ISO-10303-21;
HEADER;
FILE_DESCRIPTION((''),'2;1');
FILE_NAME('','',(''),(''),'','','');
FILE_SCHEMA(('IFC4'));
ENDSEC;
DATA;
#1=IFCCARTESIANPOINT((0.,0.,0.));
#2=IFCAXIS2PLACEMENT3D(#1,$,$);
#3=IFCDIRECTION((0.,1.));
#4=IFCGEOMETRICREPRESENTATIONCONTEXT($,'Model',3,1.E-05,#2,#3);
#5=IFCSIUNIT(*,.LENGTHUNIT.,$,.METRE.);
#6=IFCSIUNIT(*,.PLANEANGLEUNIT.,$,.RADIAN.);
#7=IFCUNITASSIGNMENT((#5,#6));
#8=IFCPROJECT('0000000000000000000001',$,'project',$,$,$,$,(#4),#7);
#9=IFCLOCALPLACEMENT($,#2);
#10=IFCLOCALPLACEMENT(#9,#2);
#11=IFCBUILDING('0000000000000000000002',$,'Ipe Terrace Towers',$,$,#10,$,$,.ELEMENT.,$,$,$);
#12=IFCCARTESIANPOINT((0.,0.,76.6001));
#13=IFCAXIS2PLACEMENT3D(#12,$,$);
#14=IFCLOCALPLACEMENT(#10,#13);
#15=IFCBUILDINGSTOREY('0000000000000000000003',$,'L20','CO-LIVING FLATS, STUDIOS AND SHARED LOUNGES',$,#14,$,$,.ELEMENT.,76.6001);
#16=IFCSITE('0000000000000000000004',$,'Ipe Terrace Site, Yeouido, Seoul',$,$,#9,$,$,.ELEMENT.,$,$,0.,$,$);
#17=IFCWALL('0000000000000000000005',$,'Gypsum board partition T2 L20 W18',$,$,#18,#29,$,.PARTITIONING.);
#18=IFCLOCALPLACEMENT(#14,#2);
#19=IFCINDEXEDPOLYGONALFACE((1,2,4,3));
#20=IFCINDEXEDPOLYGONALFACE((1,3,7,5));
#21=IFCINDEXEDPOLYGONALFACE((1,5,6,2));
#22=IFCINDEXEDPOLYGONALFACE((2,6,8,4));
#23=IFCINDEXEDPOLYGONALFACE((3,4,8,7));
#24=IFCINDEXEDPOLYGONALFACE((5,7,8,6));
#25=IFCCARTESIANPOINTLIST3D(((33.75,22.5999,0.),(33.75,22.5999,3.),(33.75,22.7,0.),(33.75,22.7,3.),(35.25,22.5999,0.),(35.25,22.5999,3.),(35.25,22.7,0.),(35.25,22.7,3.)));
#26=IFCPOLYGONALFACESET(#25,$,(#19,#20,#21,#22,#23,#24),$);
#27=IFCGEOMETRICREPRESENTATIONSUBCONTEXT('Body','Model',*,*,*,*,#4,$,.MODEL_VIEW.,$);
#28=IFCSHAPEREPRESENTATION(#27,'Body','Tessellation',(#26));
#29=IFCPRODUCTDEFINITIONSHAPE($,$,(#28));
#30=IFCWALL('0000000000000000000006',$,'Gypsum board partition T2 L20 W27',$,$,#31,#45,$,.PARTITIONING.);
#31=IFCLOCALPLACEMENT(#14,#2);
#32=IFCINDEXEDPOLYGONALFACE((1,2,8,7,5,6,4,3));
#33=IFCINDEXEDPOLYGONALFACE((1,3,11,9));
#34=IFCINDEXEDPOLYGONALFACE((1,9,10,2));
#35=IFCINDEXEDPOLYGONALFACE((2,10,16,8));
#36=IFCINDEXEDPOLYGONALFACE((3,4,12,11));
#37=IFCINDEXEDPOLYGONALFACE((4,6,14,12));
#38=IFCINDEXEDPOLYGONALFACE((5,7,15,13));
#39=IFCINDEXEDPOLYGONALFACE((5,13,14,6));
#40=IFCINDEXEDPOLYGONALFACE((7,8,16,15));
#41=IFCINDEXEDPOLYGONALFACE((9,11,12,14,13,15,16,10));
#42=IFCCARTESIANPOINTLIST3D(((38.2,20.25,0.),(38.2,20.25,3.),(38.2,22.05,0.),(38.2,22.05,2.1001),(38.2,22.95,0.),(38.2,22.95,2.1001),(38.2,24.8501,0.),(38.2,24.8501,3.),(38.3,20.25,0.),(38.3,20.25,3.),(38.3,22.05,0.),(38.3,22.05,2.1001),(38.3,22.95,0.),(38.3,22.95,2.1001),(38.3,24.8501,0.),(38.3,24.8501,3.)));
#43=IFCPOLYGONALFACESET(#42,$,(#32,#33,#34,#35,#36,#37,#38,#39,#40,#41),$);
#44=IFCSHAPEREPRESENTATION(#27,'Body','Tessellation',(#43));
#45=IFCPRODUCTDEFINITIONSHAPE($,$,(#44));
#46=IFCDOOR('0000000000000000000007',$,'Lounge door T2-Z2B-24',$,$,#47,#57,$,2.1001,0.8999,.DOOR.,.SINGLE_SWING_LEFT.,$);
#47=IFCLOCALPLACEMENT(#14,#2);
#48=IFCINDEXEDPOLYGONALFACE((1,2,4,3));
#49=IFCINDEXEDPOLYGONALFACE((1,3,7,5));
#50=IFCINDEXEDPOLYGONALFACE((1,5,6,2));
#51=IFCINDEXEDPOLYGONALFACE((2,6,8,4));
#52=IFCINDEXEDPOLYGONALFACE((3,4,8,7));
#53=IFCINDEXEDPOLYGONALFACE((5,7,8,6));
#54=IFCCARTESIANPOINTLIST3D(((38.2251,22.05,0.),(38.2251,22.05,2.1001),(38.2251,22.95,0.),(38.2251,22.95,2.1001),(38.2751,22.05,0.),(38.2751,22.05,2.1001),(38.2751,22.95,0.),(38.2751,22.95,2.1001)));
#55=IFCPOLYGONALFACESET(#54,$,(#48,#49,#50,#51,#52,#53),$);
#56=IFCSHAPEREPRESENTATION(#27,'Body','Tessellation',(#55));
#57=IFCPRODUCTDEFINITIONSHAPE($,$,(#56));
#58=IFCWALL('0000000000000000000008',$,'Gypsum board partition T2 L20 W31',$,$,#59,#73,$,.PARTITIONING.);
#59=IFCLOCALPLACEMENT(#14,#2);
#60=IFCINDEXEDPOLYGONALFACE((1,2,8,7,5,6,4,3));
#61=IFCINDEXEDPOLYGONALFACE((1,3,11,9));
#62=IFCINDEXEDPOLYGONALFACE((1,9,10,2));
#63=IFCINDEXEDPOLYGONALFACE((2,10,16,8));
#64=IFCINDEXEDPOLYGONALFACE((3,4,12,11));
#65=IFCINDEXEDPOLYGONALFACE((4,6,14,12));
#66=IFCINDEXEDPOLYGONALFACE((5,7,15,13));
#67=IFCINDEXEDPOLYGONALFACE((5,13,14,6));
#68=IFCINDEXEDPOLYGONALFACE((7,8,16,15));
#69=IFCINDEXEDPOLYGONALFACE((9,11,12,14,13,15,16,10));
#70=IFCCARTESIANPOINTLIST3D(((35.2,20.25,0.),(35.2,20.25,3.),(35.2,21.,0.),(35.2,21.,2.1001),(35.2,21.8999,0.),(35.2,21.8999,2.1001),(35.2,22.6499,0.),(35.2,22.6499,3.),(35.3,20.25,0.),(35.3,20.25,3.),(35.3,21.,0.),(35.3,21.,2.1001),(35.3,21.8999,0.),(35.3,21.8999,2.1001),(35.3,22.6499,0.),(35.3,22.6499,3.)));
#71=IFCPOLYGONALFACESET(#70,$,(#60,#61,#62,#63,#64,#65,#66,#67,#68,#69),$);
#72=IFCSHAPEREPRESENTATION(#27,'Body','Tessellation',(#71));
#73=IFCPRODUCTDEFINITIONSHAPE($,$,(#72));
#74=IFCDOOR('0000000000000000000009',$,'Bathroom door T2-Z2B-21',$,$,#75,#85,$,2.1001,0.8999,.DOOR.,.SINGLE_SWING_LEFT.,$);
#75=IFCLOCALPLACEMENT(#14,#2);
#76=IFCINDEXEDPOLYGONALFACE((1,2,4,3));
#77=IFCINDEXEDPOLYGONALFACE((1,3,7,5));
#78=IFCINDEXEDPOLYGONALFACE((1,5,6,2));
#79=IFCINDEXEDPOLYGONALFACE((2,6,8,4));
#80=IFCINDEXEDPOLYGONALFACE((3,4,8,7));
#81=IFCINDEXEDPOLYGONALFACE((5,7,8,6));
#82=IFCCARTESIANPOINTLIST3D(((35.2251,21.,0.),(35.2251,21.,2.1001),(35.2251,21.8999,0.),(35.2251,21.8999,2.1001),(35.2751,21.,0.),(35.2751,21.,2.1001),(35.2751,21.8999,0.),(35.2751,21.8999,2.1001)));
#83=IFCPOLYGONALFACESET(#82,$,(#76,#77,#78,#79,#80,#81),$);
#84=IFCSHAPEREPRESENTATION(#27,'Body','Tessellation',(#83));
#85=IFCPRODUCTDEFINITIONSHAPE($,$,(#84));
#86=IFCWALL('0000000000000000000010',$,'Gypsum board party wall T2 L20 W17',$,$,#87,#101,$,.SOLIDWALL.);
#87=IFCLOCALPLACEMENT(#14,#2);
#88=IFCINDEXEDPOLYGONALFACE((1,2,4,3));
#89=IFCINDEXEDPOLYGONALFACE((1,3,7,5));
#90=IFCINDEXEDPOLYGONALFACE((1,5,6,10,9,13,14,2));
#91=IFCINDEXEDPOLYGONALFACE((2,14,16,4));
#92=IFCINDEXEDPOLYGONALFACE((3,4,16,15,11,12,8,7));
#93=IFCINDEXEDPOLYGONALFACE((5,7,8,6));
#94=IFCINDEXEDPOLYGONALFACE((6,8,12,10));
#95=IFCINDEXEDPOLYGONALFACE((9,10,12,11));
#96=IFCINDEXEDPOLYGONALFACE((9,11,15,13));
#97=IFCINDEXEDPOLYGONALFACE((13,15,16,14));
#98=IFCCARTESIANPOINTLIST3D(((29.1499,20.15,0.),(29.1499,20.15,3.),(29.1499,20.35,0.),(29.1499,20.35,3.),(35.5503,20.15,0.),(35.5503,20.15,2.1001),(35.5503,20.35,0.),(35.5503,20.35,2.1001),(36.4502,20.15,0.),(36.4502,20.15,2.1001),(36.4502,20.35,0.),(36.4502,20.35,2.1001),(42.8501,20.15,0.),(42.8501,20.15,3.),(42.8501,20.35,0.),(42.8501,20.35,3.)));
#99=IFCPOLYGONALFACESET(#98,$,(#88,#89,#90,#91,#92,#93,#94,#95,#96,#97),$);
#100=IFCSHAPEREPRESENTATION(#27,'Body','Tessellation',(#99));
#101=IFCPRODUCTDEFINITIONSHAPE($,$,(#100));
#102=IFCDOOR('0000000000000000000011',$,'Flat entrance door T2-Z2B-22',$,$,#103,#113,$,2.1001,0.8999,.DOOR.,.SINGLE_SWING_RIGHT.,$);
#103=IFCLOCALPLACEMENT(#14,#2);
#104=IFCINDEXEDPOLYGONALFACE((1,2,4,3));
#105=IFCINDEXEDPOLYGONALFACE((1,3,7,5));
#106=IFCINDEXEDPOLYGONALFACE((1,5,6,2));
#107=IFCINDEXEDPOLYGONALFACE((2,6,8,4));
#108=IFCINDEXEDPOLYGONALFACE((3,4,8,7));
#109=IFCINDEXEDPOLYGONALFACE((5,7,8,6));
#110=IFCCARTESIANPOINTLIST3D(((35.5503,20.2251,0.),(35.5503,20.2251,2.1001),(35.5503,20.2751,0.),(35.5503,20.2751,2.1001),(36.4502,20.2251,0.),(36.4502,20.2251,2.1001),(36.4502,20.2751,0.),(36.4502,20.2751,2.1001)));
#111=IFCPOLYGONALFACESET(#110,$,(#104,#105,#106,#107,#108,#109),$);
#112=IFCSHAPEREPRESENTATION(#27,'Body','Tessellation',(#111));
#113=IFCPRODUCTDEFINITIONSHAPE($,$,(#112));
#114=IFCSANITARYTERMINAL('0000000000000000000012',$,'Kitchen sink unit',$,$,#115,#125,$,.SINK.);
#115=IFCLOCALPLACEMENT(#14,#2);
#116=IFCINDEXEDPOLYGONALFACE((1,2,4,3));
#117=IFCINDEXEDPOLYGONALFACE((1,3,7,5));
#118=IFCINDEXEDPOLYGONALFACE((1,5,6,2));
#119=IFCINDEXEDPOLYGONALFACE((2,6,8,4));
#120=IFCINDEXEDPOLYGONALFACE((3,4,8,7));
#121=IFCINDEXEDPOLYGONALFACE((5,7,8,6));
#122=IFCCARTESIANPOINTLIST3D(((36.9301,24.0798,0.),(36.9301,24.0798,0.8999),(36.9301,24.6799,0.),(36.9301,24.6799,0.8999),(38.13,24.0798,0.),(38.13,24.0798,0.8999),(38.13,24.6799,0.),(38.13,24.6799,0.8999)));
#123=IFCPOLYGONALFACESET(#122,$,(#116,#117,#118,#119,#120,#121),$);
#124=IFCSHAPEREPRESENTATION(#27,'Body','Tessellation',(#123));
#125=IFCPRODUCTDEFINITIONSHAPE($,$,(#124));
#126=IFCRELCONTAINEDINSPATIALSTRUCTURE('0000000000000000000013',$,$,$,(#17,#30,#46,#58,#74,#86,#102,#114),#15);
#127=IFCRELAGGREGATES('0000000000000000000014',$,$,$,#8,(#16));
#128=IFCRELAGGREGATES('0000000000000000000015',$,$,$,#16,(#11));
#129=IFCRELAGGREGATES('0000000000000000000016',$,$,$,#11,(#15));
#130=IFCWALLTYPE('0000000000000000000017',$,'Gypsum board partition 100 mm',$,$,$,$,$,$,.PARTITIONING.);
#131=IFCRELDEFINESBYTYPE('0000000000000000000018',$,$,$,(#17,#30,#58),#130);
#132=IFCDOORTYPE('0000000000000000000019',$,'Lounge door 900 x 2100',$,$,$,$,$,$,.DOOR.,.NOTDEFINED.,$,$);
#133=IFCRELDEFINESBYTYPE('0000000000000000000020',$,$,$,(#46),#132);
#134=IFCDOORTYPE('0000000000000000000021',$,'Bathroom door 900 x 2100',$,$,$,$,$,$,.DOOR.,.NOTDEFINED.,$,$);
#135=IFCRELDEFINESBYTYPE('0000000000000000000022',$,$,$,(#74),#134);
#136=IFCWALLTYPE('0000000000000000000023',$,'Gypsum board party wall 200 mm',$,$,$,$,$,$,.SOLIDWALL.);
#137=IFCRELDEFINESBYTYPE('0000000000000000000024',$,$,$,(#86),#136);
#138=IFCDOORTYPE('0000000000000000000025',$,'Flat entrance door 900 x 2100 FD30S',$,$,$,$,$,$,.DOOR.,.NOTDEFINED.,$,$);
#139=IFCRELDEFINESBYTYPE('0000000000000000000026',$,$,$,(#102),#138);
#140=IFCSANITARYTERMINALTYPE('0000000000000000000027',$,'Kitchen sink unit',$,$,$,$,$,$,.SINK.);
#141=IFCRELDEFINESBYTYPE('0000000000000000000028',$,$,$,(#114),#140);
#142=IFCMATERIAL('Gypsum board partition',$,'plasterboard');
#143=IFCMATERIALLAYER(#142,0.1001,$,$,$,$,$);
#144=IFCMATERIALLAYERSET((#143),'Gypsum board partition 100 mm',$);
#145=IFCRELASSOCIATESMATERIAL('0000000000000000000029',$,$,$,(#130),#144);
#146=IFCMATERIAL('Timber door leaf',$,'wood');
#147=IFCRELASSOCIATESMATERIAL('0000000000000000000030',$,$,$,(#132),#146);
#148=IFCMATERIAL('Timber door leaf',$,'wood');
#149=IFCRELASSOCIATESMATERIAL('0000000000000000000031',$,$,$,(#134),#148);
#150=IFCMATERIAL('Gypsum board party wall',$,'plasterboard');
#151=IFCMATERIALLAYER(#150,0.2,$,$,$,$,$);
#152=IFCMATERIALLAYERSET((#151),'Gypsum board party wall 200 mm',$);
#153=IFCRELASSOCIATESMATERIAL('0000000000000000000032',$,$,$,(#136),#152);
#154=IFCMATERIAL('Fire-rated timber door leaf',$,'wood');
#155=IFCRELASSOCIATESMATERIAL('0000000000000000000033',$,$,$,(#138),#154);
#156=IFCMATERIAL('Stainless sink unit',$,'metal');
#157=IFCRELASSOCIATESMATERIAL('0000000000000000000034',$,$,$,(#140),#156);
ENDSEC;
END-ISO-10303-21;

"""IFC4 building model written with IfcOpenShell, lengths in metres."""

from ifc_helpers import new_model, si_unit, direction, frame, frame_2d, origin, origin_2d, place, context, subcontext, project, spatial, rectangle, extrude, material, layer, layer_set, type_object, element, fill, save


model = new_model("IFC4")

# Units and contexts
model_context = context("Model", 3, precision=1e-05, world=origin(), true_north=direction((0.0, 1.0)))
body_context = subcontext(model_context, "Body", "Model", "MODEL_VIEW")
ifc_project = project(units=[si_unit("LENGTHUNIT", "METRE"), si_unit("PLANEANGLEUNIT", "RADIAN")], contexts=[model_context])

# Site, building, storey
site_placement = place(None, origin())
site = spatial("IfcSite", under=ifc_project, at=site_placement, Name="Ipe Terrace Site, Yeouido, Seoul", CompositionType="ELEMENT", RefElevation=0.0)
building_placement = place(site_placement, origin())
building = spatial("IfcBuilding", under=site, at=building_placement, Name="Ipe Terrace Towers", CompositionType="ELEMENT")
storey_placement = place(building_placement, frame((0.0, 0.0, 76.6001)))
storey = spatial("IfcBuildingStorey", under=building, at=storey_placement, Name="L20", Description="CO-LIVING FLATS, STUDIOS AND SHARED LOUNGES", CompositionType="ELEMENT", Elevation=76.6001)

# Wall
ifc_material_1 = material(Name="Gypsum board partition", Category="plasterboard")
ifc_layer_1 = layer(ifc_material_1, 0.1001)
ifc_layer_set_1 = layer_set([ifc_layer_1], Name="Gypsum board partition 100 mm")
wall_type_1 = type_object("IfcWallType", Name="Gypsum board partition 100 mm", PredefinedType="PARTITIONING", material=ifc_layer_set_1)
wall_1_placement = place(storey_placement, frame((35.25, 22.6499, 0.0), z_axis=(0.0, 0.0, 1.0), x_axis=(-1.0, 0.0, 0.0)))
element("IfcWall", 1, at=wall_1_placement, inside=storey, type_object=wall_type_1, Name="Gypsum board partition T2 L20 W18", PredefinedType="PARTITIONING", context=body_context, shape_type="SweptSolid", body=[
    extrude(rectangle(XDim=1.5, YDim=0.1001, at=frame_2d((0.75, 0.0))), origin(), (0.0, 0.0, 1.0), 3.0),
])

# Walls, openings, doors
wall_2_placement = place(storey_placement, frame((38.25, 20.25, 0.0), z_axis=(0.0, 0.0, 1.0), x_axis=(0.0, 1.0, 0.0)))
wall_2 = element("IfcWall", 2, at=wall_2_placement, inside=storey, type_object=wall_type_1, Name="Gypsum board partition T2 L20 W27", PredefinedType="PARTITIONING", context=body_context, shape_type="SweptSolid", body=[
    extrude(rectangle(XDim=4.6001, YDim=0.1001, at=frame_2d((2.3, 0.0))), origin(), (0.0, 0.0, 1.0), 3.0),
])
opening_1_placement = place(wall_2_placement, frame((1.8, 0.0, 0.0)))
opening_1 = element("IfcOpeningElement", 3, at=opening_1_placement, cuts=wall_2, PredefinedType="OPENING", context=body_context, shape_type="SweptSolid", body=[
    extrude(rectangle(XDim=0.8999, YDim=2.1001, at=frame_2d((0.45, 1.05))), frame((0.0, 0.0601, 0.0), z_axis=(0.0, -1.0, 0.0), x_axis=(1.0, 0.0, 0.0)), (0.0, 0.0, 1.0), 0.1201),
])
ifc_material_2 = material(Name="Timber door leaf", Category="wood")
door_type_1 = type_object("IfcDoorType", Name="Lounge door 900 x 2100", OperationType="NOTDEFINED", PredefinedType="DOOR", material=ifc_material_2)
door_1_placement = place(opening_1_placement, origin())
door_1 = element("IfcDoor", 4, at=door_1_placement, inside=storey, type_object=door_type_1, Name="Lounge door T2-Z2B-24", OperationType="SINGLE_SWING_LEFT", OverallHeight=2.1001, OverallWidth=0.8999, PredefinedType="DOOR", context=body_context, shape_type="SweptSolid", body=[
    extrude(rectangle(XDim=0.8999, YDim=2.1001, at=frame_2d((0.45, 1.05))), frame((0.0, 0.0249, 0.0), z_axis=(0.0, -1.0, 0.0), x_axis=(1.0, 0.0, 0.0)), (0.0, 0.0, 1.0), 0.05),
])
fill(opening_1, door_1)
wall_3_placement = place(storey_placement, frame((35.25, 20.25, 0.0), z_axis=(0.0, 0.0, 1.0), x_axis=(0.0, 1.0, 0.0)))
wall_3 = element("IfcWall", 5, at=wall_3_placement, inside=storey, type_object=wall_type_1, Name="Gypsum board partition T2 L20 W31", PredefinedType="PARTITIONING", context=body_context, shape_type="SweptSolid", body=[
    extrude(rectangle(XDim=2.3999, YDim=0.1001, at=frame_2d((1.2, 0.0))), origin(), (0.0, 0.0, 1.0), 3.0),
])
opening_2_placement = place(wall_3_placement, frame((0.75, 0.0, 0.0)))
opening_2 = element("IfcOpeningElement", 6, at=opening_2_placement, cuts=wall_3, PredefinedType="OPENING", context=body_context, shape_type="SweptSolid", body=[
    extrude(rectangle(XDim=0.8999, YDim=2.1001, at=frame_2d((0.45, 1.05))), frame((0.0, 0.0601, 0.0), z_axis=(0.0, -1.0, 0.0), x_axis=(1.0, 0.0, 0.0)), (0.0, 0.0, 1.0), 0.1201),
])
ifc_material_3 = material(Name="Timber door leaf", Category="wood")
door_type_2 = type_object("IfcDoorType", Name="Bathroom door 900 x 2100", OperationType="NOTDEFINED", PredefinedType="DOOR", material=ifc_material_3)
door_2_placement = place(opening_2_placement, origin())
door_2 = element("IfcDoor", 7, at=door_2_placement, inside=storey, type_object=door_type_2, Name="Bathroom door T2-Z2B-21", OperationType="SINGLE_SWING_LEFT", OverallHeight=2.1001, OverallWidth=0.8999, PredefinedType="DOOR", context=body_context, shape_type="SweptSolid", body=[
    extrude(rectangle(XDim=0.8999, YDim=2.1001, at=frame_2d((0.45, 1.05))), frame((0.0, 0.0249, 0.0), z_axis=(0.0, -1.0, 0.0), x_axis=(1.0, 0.0, 0.0)), (0.0, 0.0, 1.0), 0.05),
])
fill(opening_2, door_2)
ifc_material_4 = material(Name="Gypsum board party wall", Category="plasterboard")
ifc_layer_2 = layer(ifc_material_4, 0.2)
ifc_layer_set_2 = layer_set([ifc_layer_2], Name="Gypsum board party wall 200 mm")
wall_type_2 = type_object("IfcWallType", Name="Gypsum board party wall 200 mm", PredefinedType="SOLIDWALL", material=ifc_layer_set_2)
wall_4_placement = place(storey_placement, frame((42.8501, 20.25, 0.0), z_axis=(0.0, 0.0, 1.0), x_axis=(-1.0, 0.0, 0.0)))
wall_4 = element("IfcWall", 8, at=wall_4_placement, inside=storey, type_object=wall_type_2, Name="Gypsum board party wall T2 L20 W17", PredefinedType="SOLIDWALL", context=body_context, shape_type="SweptSolid", body=[
    extrude(rectangle(XDim=13.7002, YDim=0.2, at=frame_2d((6.8501, 0.0))), origin(), (0.0, 0.0, 1.0), 3.0),
])
opening_3_placement = place(wall_4_placement, frame((6.3999, 0.0, 0.0)))
opening_3 = element("IfcOpeningElement", 9, at=opening_3_placement, cuts=wall_4, PredefinedType="OPENING", context=body_context, shape_type="SweptSolid", body=[
    extrude(rectangle(XDim=0.8999, YDim=2.1001, at=frame_2d((0.45, 1.05))), frame((0.0, 0.1099, 0.0), z_axis=(0.0, -1.0, 0.0), x_axis=(1.0, 0.0, 0.0)), (0.0, 0.0, 1.0), 0.22),
])
ifc_material_5 = material(Name="Fire-rated timber door leaf", Category="wood")
door_type_3 = type_object("IfcDoorType", Name="Flat entrance door 900 x 2100 FD30S", OperationType="NOTDEFINED", PredefinedType="DOOR", material=ifc_material_5)
door_3_placement = place(opening_3_placement, origin())
door_3 = element("IfcDoor", 10, at=door_3_placement, inside=storey, type_object=door_type_3, Name="Flat entrance door T2-Z2B-22", OperationType="SINGLE_SWING_RIGHT", OverallHeight=2.1001, OverallWidth=0.8999, PredefinedType="DOOR", context=body_context, shape_type="SweptSolid", body=[
    extrude(rectangle(XDim=0.8999, YDim=2.1001, at=frame_2d((0.45, 1.05))), frame((0.0, 0.0249, 0.0), z_axis=(0.0, -1.0, 0.0), x_axis=(1.0, 0.0, 0.0)), (0.0, 0.0, 1.0), 0.05),
])
fill(opening_3, door_3)

# Sanitary terminal
ifc_material_6 = material(Name="Stainless sink unit", Category="metal")
sanitary_terminal_type = type_object("IfcSanitaryTerminalType", Name="Kitchen sink unit", PredefinedType="SINK", material=ifc_material_6)
sanitary_terminal_placement = place(storey_placement, frame((37.53, 24.3799, 0.0), z_axis=(0.0, 0.0, 1.0), x_axis=(1.0, 0.0, 0.0)))
element("IfcSanitaryTerminal", 11, at=sanitary_terminal_placement, inside=storey, type_object=sanitary_terminal_type, Name="Kitchen sink unit", PredefinedType="SINK", context=body_context, shape_type="SweptSolid", body=[
    extrude(rectangle(XDim=1.2, YDim=0.6001, at=origin_2d()), origin(), (0.0, 0.0, 1.0), 0.8999),
])

save(model, "model.ifc")
